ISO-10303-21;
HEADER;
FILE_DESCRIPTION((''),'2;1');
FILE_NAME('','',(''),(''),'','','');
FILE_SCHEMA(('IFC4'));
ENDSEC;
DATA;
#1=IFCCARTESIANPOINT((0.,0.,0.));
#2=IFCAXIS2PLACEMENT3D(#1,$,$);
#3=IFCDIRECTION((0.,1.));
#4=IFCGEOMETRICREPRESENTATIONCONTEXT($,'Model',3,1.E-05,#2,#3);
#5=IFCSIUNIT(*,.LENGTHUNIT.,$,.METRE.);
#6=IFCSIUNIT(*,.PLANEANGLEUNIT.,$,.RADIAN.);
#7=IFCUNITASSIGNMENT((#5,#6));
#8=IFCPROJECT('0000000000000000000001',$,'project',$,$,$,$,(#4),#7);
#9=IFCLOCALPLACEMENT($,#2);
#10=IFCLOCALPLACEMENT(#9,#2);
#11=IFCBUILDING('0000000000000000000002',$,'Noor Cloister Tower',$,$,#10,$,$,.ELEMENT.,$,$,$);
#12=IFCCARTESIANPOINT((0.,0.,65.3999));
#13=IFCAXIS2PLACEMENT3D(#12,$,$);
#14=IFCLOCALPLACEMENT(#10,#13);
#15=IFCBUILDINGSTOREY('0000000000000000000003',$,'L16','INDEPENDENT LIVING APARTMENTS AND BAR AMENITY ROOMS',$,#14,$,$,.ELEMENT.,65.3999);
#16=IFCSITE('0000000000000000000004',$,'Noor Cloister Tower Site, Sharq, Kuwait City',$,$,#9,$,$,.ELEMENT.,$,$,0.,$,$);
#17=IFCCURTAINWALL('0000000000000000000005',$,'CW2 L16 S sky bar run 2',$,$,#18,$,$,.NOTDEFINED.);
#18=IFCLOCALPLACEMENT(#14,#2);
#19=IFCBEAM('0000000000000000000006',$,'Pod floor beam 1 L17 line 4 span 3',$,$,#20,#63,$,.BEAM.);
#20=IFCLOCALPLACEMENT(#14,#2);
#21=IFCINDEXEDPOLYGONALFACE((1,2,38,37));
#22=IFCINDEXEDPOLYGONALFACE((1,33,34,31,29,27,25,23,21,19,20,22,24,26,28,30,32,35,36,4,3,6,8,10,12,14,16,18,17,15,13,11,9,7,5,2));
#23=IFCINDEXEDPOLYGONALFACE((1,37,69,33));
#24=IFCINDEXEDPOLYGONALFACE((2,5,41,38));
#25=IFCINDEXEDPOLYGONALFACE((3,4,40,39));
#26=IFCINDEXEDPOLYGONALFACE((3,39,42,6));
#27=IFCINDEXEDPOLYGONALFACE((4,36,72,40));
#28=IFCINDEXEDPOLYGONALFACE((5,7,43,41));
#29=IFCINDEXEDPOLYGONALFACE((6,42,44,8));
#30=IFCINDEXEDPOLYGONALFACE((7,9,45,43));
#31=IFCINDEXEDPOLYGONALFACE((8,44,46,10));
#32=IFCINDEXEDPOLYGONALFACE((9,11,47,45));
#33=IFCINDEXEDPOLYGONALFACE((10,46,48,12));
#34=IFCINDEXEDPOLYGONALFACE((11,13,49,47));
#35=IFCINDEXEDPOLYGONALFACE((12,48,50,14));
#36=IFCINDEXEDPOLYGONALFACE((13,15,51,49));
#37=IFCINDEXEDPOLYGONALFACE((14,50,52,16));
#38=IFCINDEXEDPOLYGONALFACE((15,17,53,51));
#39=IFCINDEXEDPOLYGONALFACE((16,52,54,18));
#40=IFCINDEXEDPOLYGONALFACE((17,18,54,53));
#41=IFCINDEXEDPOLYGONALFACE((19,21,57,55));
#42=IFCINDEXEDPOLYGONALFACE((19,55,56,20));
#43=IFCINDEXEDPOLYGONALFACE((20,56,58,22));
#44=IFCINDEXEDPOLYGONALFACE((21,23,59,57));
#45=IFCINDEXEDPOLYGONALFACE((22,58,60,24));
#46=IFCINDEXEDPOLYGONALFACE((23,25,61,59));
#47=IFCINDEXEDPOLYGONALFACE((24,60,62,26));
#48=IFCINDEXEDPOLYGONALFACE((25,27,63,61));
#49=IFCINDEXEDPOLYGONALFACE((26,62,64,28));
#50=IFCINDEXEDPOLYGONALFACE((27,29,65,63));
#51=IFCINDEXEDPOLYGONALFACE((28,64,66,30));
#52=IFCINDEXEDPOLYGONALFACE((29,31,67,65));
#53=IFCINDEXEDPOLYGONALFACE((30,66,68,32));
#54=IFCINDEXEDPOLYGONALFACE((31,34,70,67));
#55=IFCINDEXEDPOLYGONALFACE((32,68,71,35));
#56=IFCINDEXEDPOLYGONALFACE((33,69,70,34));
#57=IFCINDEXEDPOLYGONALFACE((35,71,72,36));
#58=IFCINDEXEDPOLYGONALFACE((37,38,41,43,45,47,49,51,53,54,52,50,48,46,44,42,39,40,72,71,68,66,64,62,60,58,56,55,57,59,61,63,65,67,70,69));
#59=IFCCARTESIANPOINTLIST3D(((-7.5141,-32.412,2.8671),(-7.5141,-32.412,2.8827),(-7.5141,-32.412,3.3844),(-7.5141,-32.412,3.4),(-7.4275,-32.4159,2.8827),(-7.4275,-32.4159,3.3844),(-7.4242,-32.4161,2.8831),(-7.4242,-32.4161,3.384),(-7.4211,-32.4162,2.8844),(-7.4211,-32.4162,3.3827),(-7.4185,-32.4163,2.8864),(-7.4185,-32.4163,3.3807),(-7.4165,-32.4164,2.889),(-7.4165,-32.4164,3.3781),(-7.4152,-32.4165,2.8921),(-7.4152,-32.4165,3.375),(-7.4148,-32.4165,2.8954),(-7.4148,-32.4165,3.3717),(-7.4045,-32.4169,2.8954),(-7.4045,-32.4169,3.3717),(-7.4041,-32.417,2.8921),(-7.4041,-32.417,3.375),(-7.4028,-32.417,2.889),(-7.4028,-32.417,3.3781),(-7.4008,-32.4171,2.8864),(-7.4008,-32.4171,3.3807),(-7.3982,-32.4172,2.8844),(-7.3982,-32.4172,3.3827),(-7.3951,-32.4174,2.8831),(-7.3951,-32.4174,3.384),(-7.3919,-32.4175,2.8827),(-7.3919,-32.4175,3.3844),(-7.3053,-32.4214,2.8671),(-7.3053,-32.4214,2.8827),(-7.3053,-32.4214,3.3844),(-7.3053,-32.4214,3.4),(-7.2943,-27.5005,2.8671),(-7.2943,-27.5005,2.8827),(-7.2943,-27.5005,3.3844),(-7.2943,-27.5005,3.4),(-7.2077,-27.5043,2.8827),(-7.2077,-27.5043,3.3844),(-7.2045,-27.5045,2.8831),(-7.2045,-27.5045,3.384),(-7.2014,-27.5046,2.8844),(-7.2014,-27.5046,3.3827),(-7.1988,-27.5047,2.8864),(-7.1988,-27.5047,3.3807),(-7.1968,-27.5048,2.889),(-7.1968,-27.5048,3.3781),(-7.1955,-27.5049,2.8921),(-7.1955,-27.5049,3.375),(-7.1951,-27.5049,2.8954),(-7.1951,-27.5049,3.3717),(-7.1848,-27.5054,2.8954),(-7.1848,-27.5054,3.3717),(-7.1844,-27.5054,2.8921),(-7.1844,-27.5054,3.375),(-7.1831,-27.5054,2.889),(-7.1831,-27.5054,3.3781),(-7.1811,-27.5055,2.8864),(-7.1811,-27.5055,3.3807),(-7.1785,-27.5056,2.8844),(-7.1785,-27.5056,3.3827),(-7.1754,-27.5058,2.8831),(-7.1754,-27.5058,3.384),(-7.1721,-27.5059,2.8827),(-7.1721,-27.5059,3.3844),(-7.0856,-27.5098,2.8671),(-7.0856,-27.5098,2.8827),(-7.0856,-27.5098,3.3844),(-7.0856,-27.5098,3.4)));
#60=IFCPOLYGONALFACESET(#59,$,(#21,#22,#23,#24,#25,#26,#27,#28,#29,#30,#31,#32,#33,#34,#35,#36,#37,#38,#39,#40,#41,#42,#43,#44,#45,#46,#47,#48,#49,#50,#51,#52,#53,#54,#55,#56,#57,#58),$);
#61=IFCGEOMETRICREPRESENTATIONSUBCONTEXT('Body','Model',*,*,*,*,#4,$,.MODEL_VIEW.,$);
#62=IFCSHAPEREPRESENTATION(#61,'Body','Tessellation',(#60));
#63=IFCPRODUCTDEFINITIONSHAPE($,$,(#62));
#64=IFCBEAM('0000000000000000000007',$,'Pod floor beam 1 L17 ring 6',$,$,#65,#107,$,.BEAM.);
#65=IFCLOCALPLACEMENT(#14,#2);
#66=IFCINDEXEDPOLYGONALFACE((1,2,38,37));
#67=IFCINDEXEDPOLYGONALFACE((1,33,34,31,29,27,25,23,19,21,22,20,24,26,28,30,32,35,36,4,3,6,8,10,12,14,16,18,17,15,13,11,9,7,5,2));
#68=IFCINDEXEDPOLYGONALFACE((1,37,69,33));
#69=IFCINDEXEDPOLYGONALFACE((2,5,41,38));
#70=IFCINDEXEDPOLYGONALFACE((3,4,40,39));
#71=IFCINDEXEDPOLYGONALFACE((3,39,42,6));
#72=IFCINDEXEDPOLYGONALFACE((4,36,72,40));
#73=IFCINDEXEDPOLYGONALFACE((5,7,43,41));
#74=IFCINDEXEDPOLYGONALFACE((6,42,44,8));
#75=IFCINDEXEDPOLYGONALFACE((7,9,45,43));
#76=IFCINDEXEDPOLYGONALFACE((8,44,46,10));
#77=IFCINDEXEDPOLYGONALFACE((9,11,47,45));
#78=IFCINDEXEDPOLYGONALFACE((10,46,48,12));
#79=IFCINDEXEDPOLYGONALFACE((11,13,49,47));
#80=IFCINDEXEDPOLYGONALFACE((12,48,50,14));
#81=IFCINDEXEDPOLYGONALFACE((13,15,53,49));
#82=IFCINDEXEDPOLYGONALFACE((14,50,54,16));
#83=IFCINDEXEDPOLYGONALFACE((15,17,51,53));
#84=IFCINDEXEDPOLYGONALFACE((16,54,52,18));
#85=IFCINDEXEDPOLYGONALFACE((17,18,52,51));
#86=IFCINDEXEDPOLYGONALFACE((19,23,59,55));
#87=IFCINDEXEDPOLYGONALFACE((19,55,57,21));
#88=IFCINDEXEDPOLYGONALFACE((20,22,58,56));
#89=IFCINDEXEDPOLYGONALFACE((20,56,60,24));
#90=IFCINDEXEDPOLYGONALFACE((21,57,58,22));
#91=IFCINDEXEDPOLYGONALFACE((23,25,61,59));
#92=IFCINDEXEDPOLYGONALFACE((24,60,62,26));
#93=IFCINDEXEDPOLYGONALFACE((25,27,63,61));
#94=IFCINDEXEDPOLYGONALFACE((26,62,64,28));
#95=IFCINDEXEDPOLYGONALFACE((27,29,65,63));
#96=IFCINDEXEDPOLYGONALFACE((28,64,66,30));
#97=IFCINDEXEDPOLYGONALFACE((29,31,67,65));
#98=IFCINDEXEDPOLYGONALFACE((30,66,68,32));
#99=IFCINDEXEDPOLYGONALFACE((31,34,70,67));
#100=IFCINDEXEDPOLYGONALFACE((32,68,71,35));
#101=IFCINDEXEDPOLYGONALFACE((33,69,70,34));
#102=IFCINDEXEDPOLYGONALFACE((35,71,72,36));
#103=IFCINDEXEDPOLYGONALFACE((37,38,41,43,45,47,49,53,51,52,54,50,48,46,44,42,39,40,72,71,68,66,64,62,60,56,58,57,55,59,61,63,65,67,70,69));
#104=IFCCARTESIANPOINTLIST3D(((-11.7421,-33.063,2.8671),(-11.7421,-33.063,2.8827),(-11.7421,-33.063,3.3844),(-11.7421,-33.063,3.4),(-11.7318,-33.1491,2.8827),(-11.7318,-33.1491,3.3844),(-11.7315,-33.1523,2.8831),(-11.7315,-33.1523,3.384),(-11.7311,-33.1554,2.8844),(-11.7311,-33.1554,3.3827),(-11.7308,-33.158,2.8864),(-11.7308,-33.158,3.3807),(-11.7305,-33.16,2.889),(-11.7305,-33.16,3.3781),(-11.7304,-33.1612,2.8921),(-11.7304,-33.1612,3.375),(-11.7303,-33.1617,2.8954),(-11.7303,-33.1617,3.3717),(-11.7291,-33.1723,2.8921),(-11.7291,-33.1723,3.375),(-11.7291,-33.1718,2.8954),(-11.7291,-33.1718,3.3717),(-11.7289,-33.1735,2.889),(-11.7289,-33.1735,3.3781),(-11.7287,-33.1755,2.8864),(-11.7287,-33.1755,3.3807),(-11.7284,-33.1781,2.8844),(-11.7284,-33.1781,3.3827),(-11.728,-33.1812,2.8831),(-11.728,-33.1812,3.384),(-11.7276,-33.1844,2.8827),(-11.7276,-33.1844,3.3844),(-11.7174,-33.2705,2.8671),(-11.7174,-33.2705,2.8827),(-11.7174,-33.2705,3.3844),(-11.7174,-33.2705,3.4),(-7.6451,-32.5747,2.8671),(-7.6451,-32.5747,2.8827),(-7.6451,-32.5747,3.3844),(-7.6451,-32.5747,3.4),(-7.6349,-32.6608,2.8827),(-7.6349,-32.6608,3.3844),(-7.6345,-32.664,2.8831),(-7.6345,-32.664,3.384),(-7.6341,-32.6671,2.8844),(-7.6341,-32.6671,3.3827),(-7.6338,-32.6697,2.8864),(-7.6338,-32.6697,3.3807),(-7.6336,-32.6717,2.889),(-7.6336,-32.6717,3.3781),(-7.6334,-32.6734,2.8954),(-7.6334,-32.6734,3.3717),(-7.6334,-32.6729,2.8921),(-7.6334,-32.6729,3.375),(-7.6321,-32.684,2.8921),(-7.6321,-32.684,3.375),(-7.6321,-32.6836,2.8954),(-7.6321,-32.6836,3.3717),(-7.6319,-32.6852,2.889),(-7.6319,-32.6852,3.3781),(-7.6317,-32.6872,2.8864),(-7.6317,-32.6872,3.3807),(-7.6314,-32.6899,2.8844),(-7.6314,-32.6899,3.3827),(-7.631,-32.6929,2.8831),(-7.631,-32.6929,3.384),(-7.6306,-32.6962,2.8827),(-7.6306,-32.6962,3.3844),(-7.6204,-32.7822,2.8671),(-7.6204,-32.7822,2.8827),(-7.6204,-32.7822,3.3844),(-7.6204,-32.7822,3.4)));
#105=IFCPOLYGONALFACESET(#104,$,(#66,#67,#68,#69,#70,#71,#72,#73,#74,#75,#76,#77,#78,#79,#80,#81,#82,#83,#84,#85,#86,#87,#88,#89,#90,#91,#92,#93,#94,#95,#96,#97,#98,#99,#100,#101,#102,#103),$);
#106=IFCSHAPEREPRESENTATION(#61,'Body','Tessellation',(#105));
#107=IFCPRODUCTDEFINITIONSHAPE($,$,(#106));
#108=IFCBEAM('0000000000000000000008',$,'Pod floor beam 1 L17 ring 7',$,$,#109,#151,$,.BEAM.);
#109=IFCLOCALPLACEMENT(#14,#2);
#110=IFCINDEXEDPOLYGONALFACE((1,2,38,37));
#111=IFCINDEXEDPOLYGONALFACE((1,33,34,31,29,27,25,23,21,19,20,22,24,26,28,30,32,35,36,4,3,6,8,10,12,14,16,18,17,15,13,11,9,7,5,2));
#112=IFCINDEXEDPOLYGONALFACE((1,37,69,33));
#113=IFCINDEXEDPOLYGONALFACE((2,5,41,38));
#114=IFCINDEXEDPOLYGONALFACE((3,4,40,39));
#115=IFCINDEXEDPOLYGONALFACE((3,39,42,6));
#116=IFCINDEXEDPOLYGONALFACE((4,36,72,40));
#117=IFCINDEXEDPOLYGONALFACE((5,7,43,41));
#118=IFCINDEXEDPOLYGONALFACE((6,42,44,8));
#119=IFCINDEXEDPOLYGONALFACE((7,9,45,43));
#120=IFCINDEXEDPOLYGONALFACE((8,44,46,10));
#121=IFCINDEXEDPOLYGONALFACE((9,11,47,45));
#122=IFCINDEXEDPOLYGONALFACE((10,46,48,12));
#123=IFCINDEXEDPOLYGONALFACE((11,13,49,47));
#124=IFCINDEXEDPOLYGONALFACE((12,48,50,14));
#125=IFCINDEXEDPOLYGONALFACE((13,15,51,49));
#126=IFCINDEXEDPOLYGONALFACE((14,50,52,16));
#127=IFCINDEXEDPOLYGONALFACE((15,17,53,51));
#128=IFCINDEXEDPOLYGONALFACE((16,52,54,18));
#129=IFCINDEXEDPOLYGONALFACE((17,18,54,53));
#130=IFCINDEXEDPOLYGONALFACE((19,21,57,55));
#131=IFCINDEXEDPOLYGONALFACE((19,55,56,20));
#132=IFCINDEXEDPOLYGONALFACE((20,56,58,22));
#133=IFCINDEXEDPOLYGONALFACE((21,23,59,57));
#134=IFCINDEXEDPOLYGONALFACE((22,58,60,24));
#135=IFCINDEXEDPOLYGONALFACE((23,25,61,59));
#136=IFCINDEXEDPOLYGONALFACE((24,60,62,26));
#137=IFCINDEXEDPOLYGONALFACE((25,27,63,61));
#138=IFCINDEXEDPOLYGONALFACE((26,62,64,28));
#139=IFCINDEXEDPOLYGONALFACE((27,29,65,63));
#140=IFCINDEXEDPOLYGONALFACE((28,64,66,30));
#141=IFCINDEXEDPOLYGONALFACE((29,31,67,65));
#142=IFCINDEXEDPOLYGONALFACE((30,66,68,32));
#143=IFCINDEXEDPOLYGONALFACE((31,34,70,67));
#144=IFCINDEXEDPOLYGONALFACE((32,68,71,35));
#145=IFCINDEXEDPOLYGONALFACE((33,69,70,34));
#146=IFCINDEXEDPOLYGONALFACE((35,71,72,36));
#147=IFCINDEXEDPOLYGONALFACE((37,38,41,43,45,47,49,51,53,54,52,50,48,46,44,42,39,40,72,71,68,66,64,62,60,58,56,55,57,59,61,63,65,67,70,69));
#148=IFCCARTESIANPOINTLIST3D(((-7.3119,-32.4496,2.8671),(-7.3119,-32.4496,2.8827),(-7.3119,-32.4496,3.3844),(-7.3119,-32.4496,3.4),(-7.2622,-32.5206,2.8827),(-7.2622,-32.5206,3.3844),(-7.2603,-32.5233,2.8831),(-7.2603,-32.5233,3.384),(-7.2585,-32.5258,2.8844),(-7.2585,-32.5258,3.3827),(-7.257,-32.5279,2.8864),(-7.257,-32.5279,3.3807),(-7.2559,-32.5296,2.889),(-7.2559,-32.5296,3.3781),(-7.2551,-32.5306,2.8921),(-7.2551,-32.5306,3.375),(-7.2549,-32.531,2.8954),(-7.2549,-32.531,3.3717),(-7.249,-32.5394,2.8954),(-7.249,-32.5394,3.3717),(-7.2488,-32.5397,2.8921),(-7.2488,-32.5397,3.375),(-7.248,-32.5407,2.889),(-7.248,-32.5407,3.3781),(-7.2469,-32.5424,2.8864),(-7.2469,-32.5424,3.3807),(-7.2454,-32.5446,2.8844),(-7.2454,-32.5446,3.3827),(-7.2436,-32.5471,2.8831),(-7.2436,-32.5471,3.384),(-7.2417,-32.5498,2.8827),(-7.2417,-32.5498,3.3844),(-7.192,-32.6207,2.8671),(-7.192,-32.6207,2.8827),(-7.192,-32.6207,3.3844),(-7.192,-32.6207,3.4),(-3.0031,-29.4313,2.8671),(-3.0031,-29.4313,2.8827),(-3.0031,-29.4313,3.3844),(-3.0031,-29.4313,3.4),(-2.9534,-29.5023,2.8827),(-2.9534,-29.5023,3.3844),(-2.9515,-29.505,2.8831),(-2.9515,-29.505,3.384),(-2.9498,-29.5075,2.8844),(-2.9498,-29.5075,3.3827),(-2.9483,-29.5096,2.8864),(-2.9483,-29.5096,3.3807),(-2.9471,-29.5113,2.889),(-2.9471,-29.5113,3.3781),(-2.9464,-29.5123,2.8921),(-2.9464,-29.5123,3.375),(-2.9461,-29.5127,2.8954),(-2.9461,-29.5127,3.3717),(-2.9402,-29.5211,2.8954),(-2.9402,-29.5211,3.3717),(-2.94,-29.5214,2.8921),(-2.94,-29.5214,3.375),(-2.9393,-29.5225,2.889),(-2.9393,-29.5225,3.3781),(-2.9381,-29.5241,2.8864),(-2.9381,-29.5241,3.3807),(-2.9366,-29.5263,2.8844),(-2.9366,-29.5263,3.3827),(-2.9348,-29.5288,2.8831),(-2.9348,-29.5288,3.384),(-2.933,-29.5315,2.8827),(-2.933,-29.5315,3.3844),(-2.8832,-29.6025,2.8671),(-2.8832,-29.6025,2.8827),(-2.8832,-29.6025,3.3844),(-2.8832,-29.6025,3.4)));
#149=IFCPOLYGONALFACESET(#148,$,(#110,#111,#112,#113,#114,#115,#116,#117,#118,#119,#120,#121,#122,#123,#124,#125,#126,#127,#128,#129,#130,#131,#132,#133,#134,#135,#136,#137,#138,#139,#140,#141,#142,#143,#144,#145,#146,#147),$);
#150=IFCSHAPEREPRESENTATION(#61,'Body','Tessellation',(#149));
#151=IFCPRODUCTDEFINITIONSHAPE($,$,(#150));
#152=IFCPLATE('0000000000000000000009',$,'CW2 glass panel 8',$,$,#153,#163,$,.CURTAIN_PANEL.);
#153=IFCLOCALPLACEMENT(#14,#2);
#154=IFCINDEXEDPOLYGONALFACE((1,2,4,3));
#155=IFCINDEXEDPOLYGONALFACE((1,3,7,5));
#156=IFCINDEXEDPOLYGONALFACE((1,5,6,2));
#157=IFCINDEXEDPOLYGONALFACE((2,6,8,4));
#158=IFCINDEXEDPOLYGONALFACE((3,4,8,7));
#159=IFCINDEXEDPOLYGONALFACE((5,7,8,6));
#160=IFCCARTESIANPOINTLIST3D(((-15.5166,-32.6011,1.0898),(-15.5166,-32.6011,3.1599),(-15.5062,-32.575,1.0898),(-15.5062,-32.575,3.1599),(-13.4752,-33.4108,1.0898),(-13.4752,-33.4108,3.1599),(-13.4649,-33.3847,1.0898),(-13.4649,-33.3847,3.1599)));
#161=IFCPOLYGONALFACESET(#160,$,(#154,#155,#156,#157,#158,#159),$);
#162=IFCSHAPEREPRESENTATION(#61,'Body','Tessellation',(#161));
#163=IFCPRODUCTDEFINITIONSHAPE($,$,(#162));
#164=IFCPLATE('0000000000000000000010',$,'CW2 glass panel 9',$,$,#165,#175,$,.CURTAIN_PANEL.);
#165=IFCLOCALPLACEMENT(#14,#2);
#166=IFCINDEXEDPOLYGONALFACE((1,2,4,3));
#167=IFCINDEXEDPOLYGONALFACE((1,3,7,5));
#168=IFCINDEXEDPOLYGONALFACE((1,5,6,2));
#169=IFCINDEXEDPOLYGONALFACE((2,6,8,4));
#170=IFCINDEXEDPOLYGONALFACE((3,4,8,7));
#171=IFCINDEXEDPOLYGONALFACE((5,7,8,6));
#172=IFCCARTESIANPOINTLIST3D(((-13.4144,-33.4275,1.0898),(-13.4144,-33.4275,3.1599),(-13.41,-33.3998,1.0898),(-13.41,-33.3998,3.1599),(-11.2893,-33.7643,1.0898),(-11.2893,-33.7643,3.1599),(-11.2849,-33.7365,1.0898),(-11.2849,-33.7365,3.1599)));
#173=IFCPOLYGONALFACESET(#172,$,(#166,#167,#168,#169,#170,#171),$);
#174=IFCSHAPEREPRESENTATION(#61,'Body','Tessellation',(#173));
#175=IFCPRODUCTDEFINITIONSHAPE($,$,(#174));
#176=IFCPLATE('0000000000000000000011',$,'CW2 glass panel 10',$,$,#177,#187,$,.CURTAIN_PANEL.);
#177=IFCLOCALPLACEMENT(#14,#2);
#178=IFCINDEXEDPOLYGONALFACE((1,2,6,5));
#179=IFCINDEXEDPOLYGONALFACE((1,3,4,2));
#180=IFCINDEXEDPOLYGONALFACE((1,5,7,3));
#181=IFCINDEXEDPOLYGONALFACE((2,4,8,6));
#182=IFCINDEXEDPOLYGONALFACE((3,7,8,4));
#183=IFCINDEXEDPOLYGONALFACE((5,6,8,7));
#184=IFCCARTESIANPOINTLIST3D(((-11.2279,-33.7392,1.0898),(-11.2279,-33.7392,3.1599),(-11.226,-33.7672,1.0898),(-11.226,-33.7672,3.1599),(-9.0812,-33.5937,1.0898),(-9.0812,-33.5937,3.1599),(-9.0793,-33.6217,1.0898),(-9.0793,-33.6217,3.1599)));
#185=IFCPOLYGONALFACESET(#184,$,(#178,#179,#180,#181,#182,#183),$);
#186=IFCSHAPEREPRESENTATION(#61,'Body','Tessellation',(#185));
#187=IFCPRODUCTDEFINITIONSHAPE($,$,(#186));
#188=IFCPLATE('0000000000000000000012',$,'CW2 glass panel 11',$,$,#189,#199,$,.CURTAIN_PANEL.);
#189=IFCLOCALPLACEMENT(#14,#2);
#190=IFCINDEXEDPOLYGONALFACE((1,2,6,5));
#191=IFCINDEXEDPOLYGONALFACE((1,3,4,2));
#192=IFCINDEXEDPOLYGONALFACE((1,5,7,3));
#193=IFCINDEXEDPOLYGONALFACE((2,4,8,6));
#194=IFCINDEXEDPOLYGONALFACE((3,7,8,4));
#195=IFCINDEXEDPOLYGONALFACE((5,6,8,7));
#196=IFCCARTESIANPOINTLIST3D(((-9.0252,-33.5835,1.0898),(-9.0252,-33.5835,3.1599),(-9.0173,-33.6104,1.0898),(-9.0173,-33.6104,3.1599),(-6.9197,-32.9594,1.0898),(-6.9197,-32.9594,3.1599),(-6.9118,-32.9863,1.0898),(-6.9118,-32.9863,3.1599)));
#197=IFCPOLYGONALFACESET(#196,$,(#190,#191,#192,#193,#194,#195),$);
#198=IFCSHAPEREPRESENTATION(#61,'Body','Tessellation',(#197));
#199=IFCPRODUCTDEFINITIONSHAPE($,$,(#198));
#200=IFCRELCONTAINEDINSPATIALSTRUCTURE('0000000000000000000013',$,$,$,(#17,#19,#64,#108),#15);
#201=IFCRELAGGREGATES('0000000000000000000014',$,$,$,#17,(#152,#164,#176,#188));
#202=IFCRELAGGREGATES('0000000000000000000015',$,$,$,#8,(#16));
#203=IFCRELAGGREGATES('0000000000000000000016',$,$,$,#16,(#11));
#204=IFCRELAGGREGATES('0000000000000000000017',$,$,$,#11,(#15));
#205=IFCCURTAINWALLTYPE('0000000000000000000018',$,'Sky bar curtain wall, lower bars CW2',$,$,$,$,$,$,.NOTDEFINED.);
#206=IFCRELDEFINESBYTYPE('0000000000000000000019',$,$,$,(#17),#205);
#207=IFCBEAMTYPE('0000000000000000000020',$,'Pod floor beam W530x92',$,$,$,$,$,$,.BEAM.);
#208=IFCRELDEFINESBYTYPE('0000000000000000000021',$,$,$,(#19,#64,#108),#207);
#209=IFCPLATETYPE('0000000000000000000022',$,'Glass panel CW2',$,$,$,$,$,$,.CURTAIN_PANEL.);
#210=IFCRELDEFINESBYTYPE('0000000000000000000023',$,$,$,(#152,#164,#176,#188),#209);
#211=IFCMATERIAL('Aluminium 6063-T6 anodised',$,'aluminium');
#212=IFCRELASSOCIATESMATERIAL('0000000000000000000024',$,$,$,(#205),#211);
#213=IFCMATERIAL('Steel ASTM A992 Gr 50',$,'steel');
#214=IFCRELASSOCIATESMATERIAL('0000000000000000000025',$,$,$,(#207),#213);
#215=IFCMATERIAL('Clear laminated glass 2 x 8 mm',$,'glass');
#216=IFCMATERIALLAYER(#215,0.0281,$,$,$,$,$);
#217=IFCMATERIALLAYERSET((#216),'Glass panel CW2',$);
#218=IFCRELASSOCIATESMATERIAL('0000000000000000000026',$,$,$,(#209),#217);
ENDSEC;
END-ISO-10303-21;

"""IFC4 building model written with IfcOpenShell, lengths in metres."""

from ifc_helpers import new_model, si_unit, direction, frame, origin, origin_2d, place, context, subcontext, project, spatial, rectangle, i_section, extrude, material, layer, layer_set, material_profile, profile_set, type_object, element, aggregate, save


model = new_model("IFC4")

# Units and contexts
model_context = context("Model", 3, precision=1e-05, world=origin(), true_north=direction((0.0, 1.0)))
body_context = subcontext(model_context, "Body", "Model", "MODEL_VIEW")
ifc_project = project(units=[si_unit("LENGTHUNIT", "METRE"), si_unit("PLANEANGLEUNIT", "RADIAN")], contexts=[model_context])

# Site, building, storey
site_placement = place(None, origin())
site = spatial("IfcSite", under=ifc_project, at=site_placement, Name="Noor Cloister Tower Site, Sharq, Kuwait City", CompositionType="ELEMENT", RefElevation=0.0)
building_placement = place(site_placement, origin())
building = spatial("IfcBuilding", under=site, at=building_placement, Name="Noor Cloister Tower", CompositionType="ELEMENT")
storey_placement = place(building_placement, frame((0.0, 0.0, 65.3999)))
storey = spatial("IfcBuildingStorey", under=building, at=storey_placement, Name="L16", Description="INDEPENDENT LIVING APARTMENTS AND BAR AMENITY ROOMS", CompositionType="ELEMENT", Elevation=65.3999)

# Curtain wall
ifc_material_1 = material(Name="Aluminium 6063-T6 anodised", Category="aluminium")
curtain_wall_type = type_object("IfcCurtainWallType", Name="Sky bar curtain wall, lower bars CW2", PredefinedType="NOTDEFINED", material=ifc_material_1)
curtain_wall_placement = place(storey_placement, origin())
curtain_wall = element("IfcCurtainWall", 1, at=curtain_wall_placement, inside=storey, type_object=curtain_wall_type, Name="CW2 L16 S sky bar run 2", PredefinedType="NOTDEFINED")

# Beams
ifc_material_2 = material(Name="Steel ASTM A992 Gr 50", Category="steel")
ifc_material_profile_1 = material_profile(ifc_material_2, i_section(OverallWidth=0.209, OverallDepth=0.533, WebThickness=0.0103, FlangeThickness=0.0156, FilletRadius=0.0127, at=origin_2d()), Name="W530x92")
ifc_profile_set_1 = profile_set([ifc_material_profile_1], Name="Steel ASTM A992 Gr 50")
beam_type = type_object("IfcBeamType", Name="Pod floor beam W530x92", PredefinedType="BEAM", material=ifc_profile_set_1)
beam_1_placement = place(storey_placement, frame((-7.1899, -27.5051, 3.1335), z_axis=(-0.044691, -0.999001, 0.0), x_axis=(0.999001, -0.044691, 0.0)))
element("IfcBeam", 2, at=beam_1_placement, inside=storey, type_object=beam_type, Name="Pod floor beam 1 L17 line 4 span 3", PredefinedType="BEAM", context=body_context, shape_type="SweptSolid", body=[
    extrude(i_section(OverallWidth=0.209, OverallDepth=0.533, WebThickness=0.0103, FlangeThickness=0.0156, FilletRadius=0.0127, at=origin_2d()), origin(), (0.0, 0.0, 1.0), 4.9165),
])
beam_2_placement = place(storey_placement, frame((-11.7297, -33.1667, 3.1335), z_axis=(0.992973, 0.118345, 0.0), x_axis=(-0.118345, 0.992973, 0.0)))
element("IfcBeam", 3, at=beam_2_placement, inside=storey, type_object=beam_type, Name="Pod floor beam 1 L17 ring 6", PredefinedType="BEAM", context=body_context, shape_type="SweptSolid", body=[
    extrude(i_section(OverallWidth=0.209, OverallDepth=0.533, WebThickness=0.0103, FlangeThickness=0.0156, FilletRadius=0.0127, at=origin_2d()), origin(), (0.0, 0.0, 1.0), 4.126),
])
beam_3_placement = place(storey_placement, frame((-7.252, -32.5352, 3.1335), z_axis=(0.819042, 0.573733, 0.0), x_axis=(-0.573733, 0.819042, 0.0)))
element("IfcBeam", 4, at=beam_3_placement, inside=storey, type_object=beam_type, Name="Pod floor beam 1 L17 ring 7", PredefinedType="BEAM", context=body_context, shape_type="SweptSolid", body=[
    extrude(i_section(OverallWidth=0.209, OverallDepth=0.533, WebThickness=0.0103, FlangeThickness=0.0156, FilletRadius=0.0127, at=origin_2d()), origin(), (0.0, 0.0, 1.0), 5.2607),
])

# Plates
ifc_material_3 = material(Name="Clear laminated glass 2 x 8 mm", Category="glass")
ifc_layer_1 = layer(ifc_material_3, 0.0281)
ifc_layer_set_1 = layer_set([ifc_layer_1], Name="Glass panel CW2")
plate_type = type_object("IfcPlateType", Name="Glass panel CW2", PredefinedType="CURTAIN_PANEL", material=ifc_layer_set_1)
plate_1_placement = place(storey_placement, frame((-14.4907, -32.9929, 1.0898), z_axis=(0.0, 0.0, 1.0), x_axis=(0.929537, -0.368729, 0.0)))
plate_1 = element("IfcPlate", 5, at=plate_1_placement, type_object=plate_type, Name="CW2 glass panel 8", PredefinedType="CURTAIN_PANEL", context=body_context, shape_type="SweptSolid", body=[
    extrude(rectangle(XDim=2.196, YDim=0.0281, at=origin_2d()), origin(), (0.0, 0.0, 1.0), 2.0701),
])
plate_2_placement = place(storey_placement, frame((-12.3496, -33.582, 1.0898), z_axis=(0.0, 0.0, 1.0), x_axis=(0.987676, -0.156515, 0.0)))
plate_2 = element("IfcPlate", 6, at=plate_2_placement, type_object=plate_type, Name="CW2 glass panel 9", PredefinedType="CURTAIN_PANEL", context=body_context, shape_type="SweptSolid", body=[
    extrude(rectangle(XDim=2.1516, YDim=0.0281, at=origin_2d()), origin(), (0.0, 0.0, 1.0), 2.0701),
])
plate_3_placement = place(storey_placement, frame((-10.1536, -33.6804, 1.0898), z_axis=(0.0, 0.0, 1.0), x_axis=(0.99771, 0.067631, 0.0)))
plate_3 = element("IfcPlate", 7, at=plate_3_placement, type_object=plate_type, Name="CW2 glass panel 10", PredefinedType="CURTAIN_PANEL", context=body_context, shape_type="SweptSolid", body=[
    extrude(rectangle(XDim=2.1516, YDim=0.0281, at=origin_2d()), origin(), (0.0, 0.0, 1.0), 2.0701),
])
plate_4_placement = place(storey_placement, frame((-7.9685, -33.2849, 1.0898), z_axis=(0.0, 0.0, 1.0), x_axis=(0.958768, 0.284191, 0.0)))
plate_4 = element("IfcPlate", 8, at=plate_4_placement, type_object=plate_type, Name="CW2 glass panel 11", PredefinedType="CURTAIN_PANEL", context=body_context, shape_type="SweptSolid", body=[
    extrude(rectangle(XDim=2.196, YDim=0.0281, at=origin_2d()), origin(), (0.0, 0.0, 1.0), 2.0701),
])
aggregate(curtain_wall, [plate_1, plate_2, plate_3, plate_4])

save(model, "model.ifc")
